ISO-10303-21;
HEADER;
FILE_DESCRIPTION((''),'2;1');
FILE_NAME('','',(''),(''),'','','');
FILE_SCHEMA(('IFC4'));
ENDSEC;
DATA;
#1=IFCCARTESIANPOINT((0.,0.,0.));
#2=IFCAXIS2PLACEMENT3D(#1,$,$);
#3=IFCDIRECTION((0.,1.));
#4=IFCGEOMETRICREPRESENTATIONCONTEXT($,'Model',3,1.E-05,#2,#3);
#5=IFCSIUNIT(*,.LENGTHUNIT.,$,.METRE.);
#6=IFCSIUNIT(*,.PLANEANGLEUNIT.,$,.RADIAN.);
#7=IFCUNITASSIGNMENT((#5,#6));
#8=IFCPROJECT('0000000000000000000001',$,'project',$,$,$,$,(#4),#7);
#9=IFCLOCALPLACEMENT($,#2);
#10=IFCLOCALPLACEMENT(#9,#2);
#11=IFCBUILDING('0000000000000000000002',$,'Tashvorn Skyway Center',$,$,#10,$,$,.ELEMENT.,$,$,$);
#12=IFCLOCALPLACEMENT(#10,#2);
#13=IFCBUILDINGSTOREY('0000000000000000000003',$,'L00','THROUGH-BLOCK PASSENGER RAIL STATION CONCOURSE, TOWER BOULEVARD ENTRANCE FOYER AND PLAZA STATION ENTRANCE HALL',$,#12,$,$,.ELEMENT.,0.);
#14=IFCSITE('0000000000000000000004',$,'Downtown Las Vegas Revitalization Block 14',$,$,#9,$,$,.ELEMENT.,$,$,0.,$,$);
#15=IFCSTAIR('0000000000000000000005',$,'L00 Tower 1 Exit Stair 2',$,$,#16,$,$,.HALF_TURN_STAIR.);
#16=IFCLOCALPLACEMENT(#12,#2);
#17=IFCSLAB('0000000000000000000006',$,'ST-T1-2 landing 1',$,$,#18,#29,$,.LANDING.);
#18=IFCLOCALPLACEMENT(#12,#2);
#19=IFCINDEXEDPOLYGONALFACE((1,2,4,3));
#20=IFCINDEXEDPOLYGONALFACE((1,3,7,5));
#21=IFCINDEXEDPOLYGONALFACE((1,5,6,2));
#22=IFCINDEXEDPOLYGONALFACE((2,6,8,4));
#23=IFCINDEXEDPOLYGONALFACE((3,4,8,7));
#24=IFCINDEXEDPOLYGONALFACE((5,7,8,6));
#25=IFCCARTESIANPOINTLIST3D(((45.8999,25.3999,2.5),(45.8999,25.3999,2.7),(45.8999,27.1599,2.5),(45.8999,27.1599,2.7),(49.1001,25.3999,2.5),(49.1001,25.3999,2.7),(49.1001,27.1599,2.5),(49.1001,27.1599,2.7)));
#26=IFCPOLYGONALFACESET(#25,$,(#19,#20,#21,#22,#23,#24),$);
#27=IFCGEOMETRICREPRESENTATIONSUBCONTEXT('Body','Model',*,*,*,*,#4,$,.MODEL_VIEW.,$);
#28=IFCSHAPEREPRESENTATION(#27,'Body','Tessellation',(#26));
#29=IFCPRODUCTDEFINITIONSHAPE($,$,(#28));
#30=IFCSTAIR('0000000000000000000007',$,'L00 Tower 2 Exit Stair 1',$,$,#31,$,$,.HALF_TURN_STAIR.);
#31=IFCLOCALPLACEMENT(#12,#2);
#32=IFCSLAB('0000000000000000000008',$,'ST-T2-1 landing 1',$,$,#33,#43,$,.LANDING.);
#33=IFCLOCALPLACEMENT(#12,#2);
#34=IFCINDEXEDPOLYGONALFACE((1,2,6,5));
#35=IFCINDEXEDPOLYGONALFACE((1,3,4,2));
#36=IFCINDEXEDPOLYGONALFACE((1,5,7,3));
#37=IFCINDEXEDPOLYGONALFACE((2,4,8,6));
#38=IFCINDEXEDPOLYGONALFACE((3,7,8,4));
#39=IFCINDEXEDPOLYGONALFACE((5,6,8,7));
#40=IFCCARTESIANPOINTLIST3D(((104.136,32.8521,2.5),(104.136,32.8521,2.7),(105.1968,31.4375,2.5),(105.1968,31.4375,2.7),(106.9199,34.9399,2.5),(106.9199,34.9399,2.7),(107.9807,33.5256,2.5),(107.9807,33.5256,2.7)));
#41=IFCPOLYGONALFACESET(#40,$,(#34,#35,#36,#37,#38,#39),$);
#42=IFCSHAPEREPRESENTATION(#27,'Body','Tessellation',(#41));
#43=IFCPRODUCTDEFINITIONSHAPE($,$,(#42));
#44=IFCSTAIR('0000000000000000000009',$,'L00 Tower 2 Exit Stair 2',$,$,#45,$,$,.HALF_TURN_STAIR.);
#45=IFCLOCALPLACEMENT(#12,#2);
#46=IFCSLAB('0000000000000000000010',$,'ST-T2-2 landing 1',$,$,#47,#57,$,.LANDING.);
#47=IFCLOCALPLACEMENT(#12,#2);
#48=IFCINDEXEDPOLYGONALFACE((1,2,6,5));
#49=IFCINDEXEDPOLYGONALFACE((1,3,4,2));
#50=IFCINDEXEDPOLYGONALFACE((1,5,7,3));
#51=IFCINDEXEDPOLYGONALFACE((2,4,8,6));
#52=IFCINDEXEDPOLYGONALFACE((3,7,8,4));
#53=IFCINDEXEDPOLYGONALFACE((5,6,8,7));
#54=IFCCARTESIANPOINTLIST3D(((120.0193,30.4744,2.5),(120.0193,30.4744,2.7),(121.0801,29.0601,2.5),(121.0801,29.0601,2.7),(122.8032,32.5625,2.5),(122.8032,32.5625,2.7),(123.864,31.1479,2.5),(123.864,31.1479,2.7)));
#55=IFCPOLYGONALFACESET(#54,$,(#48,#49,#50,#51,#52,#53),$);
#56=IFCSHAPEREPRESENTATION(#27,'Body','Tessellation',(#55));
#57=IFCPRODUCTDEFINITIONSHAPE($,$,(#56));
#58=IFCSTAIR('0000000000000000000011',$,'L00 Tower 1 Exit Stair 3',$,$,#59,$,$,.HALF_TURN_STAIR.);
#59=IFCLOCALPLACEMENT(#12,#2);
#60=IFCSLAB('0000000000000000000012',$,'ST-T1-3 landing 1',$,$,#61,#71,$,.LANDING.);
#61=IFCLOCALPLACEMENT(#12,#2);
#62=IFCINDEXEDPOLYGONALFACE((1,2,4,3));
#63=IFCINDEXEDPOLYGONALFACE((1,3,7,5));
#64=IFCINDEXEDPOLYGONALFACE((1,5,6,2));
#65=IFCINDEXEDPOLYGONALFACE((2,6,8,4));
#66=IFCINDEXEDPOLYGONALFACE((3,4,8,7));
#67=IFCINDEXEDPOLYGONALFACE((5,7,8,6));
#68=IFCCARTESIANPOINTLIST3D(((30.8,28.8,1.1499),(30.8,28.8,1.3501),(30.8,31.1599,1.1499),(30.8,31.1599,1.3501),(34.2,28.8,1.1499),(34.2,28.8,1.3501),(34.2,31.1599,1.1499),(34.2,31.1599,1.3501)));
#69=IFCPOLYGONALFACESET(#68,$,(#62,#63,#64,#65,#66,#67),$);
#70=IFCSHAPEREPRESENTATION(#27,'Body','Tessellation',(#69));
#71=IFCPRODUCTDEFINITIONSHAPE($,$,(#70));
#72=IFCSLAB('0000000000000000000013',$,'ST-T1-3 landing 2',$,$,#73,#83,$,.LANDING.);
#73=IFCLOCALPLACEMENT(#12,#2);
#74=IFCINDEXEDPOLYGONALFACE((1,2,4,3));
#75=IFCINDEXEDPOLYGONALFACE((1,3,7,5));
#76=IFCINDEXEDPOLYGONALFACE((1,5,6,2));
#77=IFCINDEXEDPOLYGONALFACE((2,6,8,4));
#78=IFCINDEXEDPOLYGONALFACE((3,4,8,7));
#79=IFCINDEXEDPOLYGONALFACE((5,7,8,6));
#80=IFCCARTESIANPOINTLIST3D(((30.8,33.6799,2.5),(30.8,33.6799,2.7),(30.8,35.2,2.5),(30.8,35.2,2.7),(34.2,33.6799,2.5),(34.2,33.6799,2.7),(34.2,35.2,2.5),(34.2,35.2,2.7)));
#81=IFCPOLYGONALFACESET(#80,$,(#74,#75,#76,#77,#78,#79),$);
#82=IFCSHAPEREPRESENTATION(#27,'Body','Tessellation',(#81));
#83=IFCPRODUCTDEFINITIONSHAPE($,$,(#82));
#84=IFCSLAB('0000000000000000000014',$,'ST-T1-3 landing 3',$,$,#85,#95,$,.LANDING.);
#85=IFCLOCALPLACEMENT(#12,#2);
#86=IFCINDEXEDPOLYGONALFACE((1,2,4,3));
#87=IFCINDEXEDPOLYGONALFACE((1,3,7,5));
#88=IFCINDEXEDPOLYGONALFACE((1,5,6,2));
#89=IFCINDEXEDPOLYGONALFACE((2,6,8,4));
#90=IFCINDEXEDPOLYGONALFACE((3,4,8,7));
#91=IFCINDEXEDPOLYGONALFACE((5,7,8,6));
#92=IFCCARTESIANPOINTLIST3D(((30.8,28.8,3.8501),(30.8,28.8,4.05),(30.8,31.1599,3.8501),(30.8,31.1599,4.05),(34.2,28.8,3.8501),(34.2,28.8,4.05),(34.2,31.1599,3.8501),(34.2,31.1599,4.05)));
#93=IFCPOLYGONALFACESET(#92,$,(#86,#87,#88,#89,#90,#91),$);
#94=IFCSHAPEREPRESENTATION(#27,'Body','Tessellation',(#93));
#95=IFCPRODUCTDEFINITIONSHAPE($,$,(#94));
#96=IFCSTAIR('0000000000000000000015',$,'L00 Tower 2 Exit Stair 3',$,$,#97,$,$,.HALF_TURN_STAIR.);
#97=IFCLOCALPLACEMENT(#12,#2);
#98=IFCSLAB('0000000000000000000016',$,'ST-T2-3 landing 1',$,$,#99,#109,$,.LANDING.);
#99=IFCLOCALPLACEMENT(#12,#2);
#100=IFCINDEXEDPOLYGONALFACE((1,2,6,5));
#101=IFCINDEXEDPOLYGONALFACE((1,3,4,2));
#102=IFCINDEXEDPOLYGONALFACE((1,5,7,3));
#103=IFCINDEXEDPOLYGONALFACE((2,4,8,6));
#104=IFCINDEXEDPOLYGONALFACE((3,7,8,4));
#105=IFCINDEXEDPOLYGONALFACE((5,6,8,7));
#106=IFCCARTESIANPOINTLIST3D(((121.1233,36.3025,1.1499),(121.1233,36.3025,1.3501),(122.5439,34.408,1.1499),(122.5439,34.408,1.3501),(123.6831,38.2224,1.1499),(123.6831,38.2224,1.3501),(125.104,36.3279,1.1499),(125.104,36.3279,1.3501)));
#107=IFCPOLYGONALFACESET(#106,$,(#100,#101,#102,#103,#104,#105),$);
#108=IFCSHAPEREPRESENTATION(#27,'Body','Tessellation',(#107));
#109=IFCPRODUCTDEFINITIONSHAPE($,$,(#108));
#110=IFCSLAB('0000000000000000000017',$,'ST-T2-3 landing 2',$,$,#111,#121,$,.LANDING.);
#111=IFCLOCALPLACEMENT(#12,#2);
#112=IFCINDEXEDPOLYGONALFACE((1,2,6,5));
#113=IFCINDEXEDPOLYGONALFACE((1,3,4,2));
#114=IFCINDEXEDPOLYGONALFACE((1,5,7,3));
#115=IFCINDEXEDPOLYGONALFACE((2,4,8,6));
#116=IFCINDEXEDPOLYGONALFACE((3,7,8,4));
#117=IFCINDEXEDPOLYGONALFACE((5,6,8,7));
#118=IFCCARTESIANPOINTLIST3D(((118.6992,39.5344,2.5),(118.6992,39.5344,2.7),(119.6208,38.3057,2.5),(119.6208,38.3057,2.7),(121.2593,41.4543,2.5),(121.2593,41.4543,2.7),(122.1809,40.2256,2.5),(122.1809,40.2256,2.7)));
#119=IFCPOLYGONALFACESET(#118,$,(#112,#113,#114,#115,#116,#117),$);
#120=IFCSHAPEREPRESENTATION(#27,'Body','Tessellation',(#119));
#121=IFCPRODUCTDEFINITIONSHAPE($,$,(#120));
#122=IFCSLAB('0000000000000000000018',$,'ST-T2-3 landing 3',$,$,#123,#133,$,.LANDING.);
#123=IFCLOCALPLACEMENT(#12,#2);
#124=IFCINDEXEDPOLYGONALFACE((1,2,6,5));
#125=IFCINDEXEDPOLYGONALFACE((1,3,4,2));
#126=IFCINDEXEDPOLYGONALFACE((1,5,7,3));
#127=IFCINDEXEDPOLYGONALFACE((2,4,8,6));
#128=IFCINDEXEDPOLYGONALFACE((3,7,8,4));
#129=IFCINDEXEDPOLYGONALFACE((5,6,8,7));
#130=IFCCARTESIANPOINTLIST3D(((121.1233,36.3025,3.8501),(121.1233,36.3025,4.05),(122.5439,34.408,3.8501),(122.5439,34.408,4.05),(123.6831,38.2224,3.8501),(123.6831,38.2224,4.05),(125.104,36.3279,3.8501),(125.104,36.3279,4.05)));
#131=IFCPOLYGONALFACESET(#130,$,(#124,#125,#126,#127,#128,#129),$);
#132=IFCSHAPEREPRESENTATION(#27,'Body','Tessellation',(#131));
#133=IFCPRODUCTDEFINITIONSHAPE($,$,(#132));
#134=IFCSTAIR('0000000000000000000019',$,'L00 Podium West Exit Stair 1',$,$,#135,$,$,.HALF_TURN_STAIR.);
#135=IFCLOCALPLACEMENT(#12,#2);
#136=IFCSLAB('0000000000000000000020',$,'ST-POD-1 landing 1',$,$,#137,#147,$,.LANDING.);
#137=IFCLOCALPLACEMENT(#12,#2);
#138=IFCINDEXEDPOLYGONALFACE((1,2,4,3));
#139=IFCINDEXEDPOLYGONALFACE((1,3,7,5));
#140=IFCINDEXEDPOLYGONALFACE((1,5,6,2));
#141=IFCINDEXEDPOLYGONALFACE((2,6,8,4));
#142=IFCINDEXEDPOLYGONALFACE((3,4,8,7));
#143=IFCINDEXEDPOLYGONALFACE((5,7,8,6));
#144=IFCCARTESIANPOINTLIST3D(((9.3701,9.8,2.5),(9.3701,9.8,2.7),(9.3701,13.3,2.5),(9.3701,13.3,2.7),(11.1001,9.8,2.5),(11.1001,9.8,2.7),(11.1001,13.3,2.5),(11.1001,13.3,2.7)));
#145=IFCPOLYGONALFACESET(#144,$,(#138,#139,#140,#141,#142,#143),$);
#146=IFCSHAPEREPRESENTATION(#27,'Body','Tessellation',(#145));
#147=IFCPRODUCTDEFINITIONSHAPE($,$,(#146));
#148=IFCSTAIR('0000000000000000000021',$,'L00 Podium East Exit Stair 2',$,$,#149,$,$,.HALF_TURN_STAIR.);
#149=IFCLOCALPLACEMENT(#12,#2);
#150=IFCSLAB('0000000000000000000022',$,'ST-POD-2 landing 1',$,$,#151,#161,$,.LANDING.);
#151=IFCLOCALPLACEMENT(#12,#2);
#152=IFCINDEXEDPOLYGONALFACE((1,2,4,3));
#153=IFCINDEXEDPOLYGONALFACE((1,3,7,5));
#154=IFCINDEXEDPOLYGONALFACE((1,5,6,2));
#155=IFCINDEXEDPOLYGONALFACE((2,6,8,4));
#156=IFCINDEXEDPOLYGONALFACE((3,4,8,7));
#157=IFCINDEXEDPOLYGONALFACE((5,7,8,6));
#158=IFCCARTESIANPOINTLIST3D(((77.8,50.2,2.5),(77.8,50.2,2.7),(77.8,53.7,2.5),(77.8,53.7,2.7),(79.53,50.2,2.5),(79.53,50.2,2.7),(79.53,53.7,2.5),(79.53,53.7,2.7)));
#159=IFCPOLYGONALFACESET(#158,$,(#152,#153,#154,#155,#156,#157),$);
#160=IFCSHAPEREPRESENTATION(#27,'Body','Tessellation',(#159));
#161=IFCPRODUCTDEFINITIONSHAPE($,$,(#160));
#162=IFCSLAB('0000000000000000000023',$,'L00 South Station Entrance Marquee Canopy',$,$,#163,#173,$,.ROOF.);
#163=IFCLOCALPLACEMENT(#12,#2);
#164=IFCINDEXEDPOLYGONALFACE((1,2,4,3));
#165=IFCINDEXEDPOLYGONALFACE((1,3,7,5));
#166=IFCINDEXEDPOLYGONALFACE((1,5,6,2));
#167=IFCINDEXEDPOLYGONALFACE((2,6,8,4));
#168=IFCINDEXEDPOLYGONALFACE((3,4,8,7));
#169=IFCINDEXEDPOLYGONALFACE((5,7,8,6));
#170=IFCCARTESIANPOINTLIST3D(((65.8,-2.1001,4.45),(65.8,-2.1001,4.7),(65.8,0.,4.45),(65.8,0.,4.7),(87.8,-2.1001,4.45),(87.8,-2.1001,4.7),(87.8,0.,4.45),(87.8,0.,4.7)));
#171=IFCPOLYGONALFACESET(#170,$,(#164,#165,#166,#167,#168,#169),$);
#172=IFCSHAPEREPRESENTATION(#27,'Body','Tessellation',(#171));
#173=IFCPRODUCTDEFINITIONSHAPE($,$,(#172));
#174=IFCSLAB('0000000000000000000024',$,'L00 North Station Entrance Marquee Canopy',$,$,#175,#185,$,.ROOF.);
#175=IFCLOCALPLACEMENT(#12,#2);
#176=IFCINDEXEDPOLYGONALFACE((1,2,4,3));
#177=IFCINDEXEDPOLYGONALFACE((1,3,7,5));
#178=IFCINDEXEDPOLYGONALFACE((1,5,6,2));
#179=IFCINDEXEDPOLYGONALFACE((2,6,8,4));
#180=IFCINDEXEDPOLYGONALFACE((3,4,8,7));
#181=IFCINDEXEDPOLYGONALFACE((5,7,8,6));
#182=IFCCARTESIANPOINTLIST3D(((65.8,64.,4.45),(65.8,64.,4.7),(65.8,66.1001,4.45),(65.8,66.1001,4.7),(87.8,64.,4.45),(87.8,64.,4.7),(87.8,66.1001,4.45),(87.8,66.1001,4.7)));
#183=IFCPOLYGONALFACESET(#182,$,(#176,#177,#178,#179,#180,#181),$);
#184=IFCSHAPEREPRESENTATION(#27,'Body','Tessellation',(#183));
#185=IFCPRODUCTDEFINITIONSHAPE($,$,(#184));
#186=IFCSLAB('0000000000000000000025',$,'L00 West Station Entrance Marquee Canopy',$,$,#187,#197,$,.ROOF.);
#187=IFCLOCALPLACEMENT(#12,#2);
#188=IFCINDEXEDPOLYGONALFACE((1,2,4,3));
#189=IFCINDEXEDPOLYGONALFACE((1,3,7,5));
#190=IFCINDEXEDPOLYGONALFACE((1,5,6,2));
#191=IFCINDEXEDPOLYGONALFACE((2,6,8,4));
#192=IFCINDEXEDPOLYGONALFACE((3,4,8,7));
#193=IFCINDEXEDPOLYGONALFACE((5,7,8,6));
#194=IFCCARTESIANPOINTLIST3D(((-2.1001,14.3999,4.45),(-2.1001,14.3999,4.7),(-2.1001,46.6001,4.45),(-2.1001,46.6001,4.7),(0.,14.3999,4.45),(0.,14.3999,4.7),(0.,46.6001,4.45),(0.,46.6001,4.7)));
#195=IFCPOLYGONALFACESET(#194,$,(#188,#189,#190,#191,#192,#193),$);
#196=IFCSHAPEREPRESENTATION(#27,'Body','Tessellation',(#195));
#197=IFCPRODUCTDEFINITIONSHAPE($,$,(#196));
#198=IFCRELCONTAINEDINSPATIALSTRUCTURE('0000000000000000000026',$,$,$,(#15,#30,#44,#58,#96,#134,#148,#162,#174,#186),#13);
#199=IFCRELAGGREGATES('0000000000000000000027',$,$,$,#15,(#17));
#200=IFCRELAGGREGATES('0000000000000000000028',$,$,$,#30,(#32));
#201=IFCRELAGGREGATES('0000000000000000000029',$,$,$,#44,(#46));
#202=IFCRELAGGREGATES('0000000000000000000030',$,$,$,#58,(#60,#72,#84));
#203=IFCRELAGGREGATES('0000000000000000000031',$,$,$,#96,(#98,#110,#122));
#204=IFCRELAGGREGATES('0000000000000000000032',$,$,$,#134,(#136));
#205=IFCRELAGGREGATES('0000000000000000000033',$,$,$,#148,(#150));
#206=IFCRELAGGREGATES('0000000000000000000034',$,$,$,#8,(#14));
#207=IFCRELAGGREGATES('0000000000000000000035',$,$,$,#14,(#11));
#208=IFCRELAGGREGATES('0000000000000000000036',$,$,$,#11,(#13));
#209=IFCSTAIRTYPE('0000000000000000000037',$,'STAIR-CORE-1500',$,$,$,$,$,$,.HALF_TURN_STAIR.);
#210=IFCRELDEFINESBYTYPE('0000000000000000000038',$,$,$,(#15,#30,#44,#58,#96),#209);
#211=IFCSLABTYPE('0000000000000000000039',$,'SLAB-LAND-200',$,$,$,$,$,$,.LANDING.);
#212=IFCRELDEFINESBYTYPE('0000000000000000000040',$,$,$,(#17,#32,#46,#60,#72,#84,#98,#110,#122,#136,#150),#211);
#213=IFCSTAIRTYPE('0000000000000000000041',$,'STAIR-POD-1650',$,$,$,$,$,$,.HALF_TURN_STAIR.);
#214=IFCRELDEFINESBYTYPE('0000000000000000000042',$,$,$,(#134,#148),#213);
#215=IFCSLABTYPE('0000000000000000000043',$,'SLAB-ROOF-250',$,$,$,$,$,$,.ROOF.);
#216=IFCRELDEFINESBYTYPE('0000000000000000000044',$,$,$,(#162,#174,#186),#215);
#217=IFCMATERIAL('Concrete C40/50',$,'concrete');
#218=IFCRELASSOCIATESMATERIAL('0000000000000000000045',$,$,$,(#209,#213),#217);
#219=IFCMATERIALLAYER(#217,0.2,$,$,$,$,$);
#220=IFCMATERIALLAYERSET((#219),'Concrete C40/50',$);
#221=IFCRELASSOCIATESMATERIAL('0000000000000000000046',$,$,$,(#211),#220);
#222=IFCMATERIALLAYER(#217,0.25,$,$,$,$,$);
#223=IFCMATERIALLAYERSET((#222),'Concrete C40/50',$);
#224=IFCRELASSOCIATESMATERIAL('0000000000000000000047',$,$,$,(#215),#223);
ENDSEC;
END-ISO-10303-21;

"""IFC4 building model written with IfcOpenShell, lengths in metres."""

from ifc_helpers import new_model, si_unit, direction, frame, origin, place, context, subcontext, project, spatial, polyline, outline, extrude, material, layer, layer_set, type_object, element, aggregate, save


model = new_model("IFC4")

# Units and contexts
model_context = context("Model", 3, precision=1e-05, world=origin(), true_north=direction((0.0, 1.0)))
body_context = subcontext(model_context, "Body", "Model", "MODEL_VIEW")
ifc_project = project(units=[si_unit("LENGTHUNIT", "METRE"), si_unit("PLANEANGLEUNIT", "RADIAN")], contexts=[model_context])

# Site, building, storey
site_placement = place(None, origin())
site = spatial("IfcSite", under=ifc_project, at=site_placement, Name="Downtown Las Vegas Revitalization Block 14", CompositionType="ELEMENT", RefElevation=0.0)
building_placement = place(site_placement, origin())
building = spatial("IfcBuilding", under=site, at=building_placement, Name="Tashvorn Skyway Center", CompositionType="ELEMENT")
storey_placement = place(building_placement, origin())
storey = spatial("IfcBuildingStorey", under=building, at=storey_placement, Name="L00", Description="THROUGH-BLOCK PASSENGER RAIL STATION CONCOURSE, TOWER BOULEVARD ENTRANCE FOYER AND PLAZA STATION ENTRANCE HALL", CompositionType="ELEMENT", Elevation=0.0)

# Shared definitions
ifc_material_1 = material(Name="Concrete C40/50", Category="concrete")

# Stairs, slabs
stair_type_1 = type_object("IfcStairType", Name="STAIR-CORE-1500", PredefinedType="HALF_TURN_STAIR", material=ifc_material_1)
ifc_layer_1 = layer(ifc_material_1, 0.2)
ifc_layer_set_1 = layer_set([ifc_layer_1], Name="Concrete C40/50")
slab_type_1 = type_object("IfcSlabType", Name="SLAB-LAND-200", PredefinedType="LANDING", material=ifc_layer_set_1)
stair_1_placement = place(storey_placement, origin())
stair_1 = element("IfcStair", 1, at=stair_1_placement, inside=storey, type_object=stair_type_1, Name="L00 Tower 1 Exit Stair 2", PredefinedType="HALF_TURN_STAIR")
slab_1_placement = place(storey_placement, frame((0.0, 0.0, 2.5)))
slab_1 = element("IfcSlab", 2, at=slab_1_placement, type_object=slab_type_1, Name="ST-T1-2 landing 1", PredefinedType="LANDING", context=body_context, shape_type="SweptSolid", body=[
    extrude(outline(polyline([(45.8999, 27.1599), (45.8999, 25.3999), (49.1001, 25.3999), (49.1001, 27.1599), (45.8999, 27.1599)])), origin(), (0.0, 0.0, 1.0), 0.2),
])
aggregate(stair_1, [slab_1])
stair_2_placement = place(storey_placement, origin())
stair_2 = element("IfcStair", 3, at=stair_2_placement, inside=storey, type_object=stair_type_1, Name="L00 Tower 2 Exit Stair 1", PredefinedType="HALF_TURN_STAIR")
slab_2_placement = place(storey_placement, frame((0.0, 0.0, 2.5)))
slab_2 = element("IfcSlab", 4, at=slab_2_placement, type_object=slab_type_1, Name="ST-T2-1 landing 1", PredefinedType="LANDING", context=body_context, shape_type="SweptSolid", body=[
    extrude(outline(polyline([(107.9807, 33.5256), (106.9199, 34.9399), (104.136, 32.8521), (105.1968, 31.4375), (107.9807, 33.5256)])), origin(), (0.0, 0.0, 1.0), 0.2),
])
aggregate(stair_2, [slab_2])
stair_3_placement = place(storey_placement, origin())
stair_3 = element("IfcStair", 5, at=stair_3_placement, inside=storey, type_object=stair_type_1, Name="L00 Tower 2 Exit Stair 2", PredefinedType="HALF_TURN_STAIR")
slab_3_placement = place(storey_placement, frame((0.0, 0.0, 2.5)))
slab_3 = element("IfcSlab", 6, at=slab_3_placement, type_object=slab_type_1, Name="ST-T2-2 landing 1", PredefinedType="LANDING", context=body_context, shape_type="SweptSolid", body=[
    extrude(outline(polyline([(120.0193, 30.4744), (121.0801, 29.0601), (123.864, 31.1479), (122.8032, 32.5625), (120.0193, 30.4744)])), origin(), (0.0, 0.0, 1.0), 0.2),
])
aggregate(stair_3, [slab_3])

# Stairs, slabs
stair_4_placement = place(storey_placement, origin())
stair_4 = element("IfcStair", 7, at=stair_4_placement, inside=storey, type_object=stair_type_1, Name="L00 Tower 1 Exit Stair 3", PredefinedType="HALF_TURN_STAIR")
slab_4_placement = place(storey_placement, frame((0.0, 0.0, 1.1499)))
slab_4 = element("IfcSlab", 8, at=slab_4_placement, type_object=slab_type_1, Name="ST-T1-3 landing 1", PredefinedType="LANDING", context=body_context, shape_type="SweptSolid", body=[
    extrude(outline(polyline([(30.8, 31.1599), (30.8, 28.8), (34.2, 28.8), (34.2, 31.1599), (30.8, 31.1599)])), origin(), (0.0, 0.0, 1.0), 0.2002),
])
slab_5_placement = place(storey_placement, frame((0.0, 0.0, 2.5)))
slab_5 = element("IfcSlab", 9, at=slab_5_placement, type_object=slab_type_1, Name="ST-T1-3 landing 2", PredefinedType="LANDING", context=body_context, shape_type="SweptSolid", body=[
    extrude(outline(polyline([(30.8, 35.2), (30.8, 33.6799), (34.2, 33.6799), (34.2, 35.2), (30.8, 35.2)])), origin(), (0.0, 0.0, 1.0), 0.2),
])
slab_6_placement = place(storey_placement, frame((0.0, 0.0, 3.8501)))
slab_6 = element("IfcSlab", 10, at=slab_6_placement, type_object=slab_type_1, Name="ST-T1-3 landing 3", PredefinedType="LANDING", context=body_context, shape_type="SweptSolid", body=[
    extrude(outline(polyline([(30.8, 31.1599), (30.8, 28.8), (34.2, 28.8), (34.2, 31.1599), (30.8, 31.1599)])), origin(), (0.0, 0.0, 1.0), 0.2),
])
aggregate(stair_4, [slab_4, slab_5, slab_6])
stair_5_placement = place(storey_placement, origin())
stair_5 = element("IfcStair", 11, at=stair_5_placement, inside=storey, type_object=stair_type_1, Name="L00 Tower 2 Exit Stair 3", PredefinedType="HALF_TURN_STAIR")
slab_7_placement = place(storey_placement, frame((0.0, 0.0, 1.1499)))
slab_7 = element("IfcSlab", 12, at=slab_7_placement, type_object=slab_type_1, Name="ST-T2-3 landing 1", PredefinedType="LANDING", context=body_context, shape_type="SweptSolid", body=[
    extrude(outline(polyline([(121.1233, 36.3025), (122.5439, 34.408), (125.104, 36.3279), (123.6831, 38.2224), (121.1233, 36.3025)])), origin(), (0.0, 0.0, 1.0), 0.2002),
])
slab_8_placement = place(storey_placement, frame((0.0, 0.0, 2.5)))
slab_8 = element("IfcSlab", 13, at=slab_8_placement, type_object=slab_type_1, Name="ST-T2-3 landing 2", PredefinedType="LANDING", context=body_context, shape_type="SweptSolid", body=[
    extrude(outline(polyline([(118.6992, 39.5344), (119.6208, 38.3057), (122.1809, 40.2256), (121.2593, 41.4543), (118.6992, 39.5344)])), origin(), (0.0, 0.0, 1.0), 0.2),
])
slab_9_placement = place(storey_placement, frame((0.0, 0.0, 3.8501)))
slab_9 = element("IfcSlab", 14, at=slab_9_placement, type_object=slab_type_1, Name="ST-T2-3 landing 3", PredefinedType="LANDING", context=body_context, shape_type="SweptSolid", body=[
    extrude(outline(polyline([(121.1233, 36.3025), (122.5439, 34.408), (125.104, 36.3279), (123.6831, 38.2224), (121.1233, 36.3025)])), origin(), (0.0, 0.0, 1.0), 0.2),
])
aggregate(stair_5, [slab_7, slab_8, slab_9])

# Stairs, slabs
stair_type_2 = type_object("IfcStairType", Name="STAIR-POD-1650", PredefinedType="HALF_TURN_STAIR", material=ifc_material_1)
stair_6_placement = place(storey_placement, origin())
stair_6 = element("IfcStair", 15, at=stair_6_placement, inside=storey, type_object=stair_type_2, Name="L00 Podium West Exit Stair 1", PredefinedType="HALF_TURN_STAIR")
slab_10_placement = place(storey_placement, frame((0.0, 0.0, 2.5)))
slab_10 = element("IfcSlab", 16, at=slab_10_placement, type_object=slab_type_1, Name="ST-POD-1 landing 1", PredefinedType="LANDING", context=body_context, shape_type="SweptSolid", body=[
    extrude(outline(polyline([(9.3701, 9.8), (11.1001, 9.8), (11.1001, 13.3), (9.3701, 13.3), (9.3701, 9.8)])), origin(), (0.0, 0.0, 1.0), 0.2),
])
aggregate(stair_6, [slab_10])
stair_7_placement = place(storey_placement, origin())
stair_7 = element("IfcStair", 17, at=stair_7_placement, inside=storey, type_object=stair_type_2, Name="L00 Podium East Exit Stair 2", PredefinedType="HALF_TURN_STAIR")
slab_11_placement = place(storey_placement, frame((0.0, 0.0, 2.5)))
slab_11 = element("IfcSlab", 18, at=slab_11_placement, type_object=slab_type_1, Name="ST-POD-2 landing 1", PredefinedType="LANDING", context=body_context, shape_type="SweptSolid", body=[
    extrude(outline(polyline([(79.53, 53.7), (77.8, 53.7), (77.8, 50.2), (79.53, 50.2), (79.53, 53.7)])), origin(), (0.0, 0.0, 1.0), 0.2),
])
aggregate(stair_7, [slab_11])

# Slabs
ifc_layer_2 = layer(ifc_material_1, 0.25)
ifc_layer_set_2 = layer_set([ifc_layer_2], Name="Concrete C40/50")
slab_type_2 = type_object("IfcSlabType", Name="SLAB-ROOF-250", PredefinedType="ROOF", material=ifc_layer_set_2)
slab_12_placement = place(storey_placement, frame((0.0, 0.0, 4.45)))
element("IfcSlab", 19, at=slab_12_placement, inside=storey, type_object=slab_type_2, Name="L00 South Station Entrance Marquee Canopy", PredefinedType="ROOF", context=body_context, shape_type="SweptSolid", body=[
    extrude(outline(polyline([(65.8, -2.1001), (87.8, -2.1001), (87.8, 0.0), (65.8, 0.0), (65.8, -2.1001)])), origin(), (0.0, 0.0, 1.0), 0.25),
])
slab_13_placement = place(storey_placement, frame((0.0, 0.0, 4.45)))
element("IfcSlab", 20, at=slab_13_placement, inside=storey, type_object=slab_type_2, Name="L00 North Station Entrance Marquee Canopy", PredefinedType="ROOF", context=body_context, shape_type="SweptSolid", body=[
    extrude(outline(polyline([(65.8, 64.0), (87.8, 64.0), (87.8, 66.1001), (65.8, 66.1001), (65.8, 64.0)])), origin(), (0.0, 0.0, 1.0), 0.25),
])
slab_14_placement = place(storey_placement, frame((0.0, 0.0, 4.45)))
element("IfcSlab", 21, at=slab_14_placement, inside=storey, type_object=slab_type_2, Name="L00 West Station Entrance Marquee Canopy", PredefinedType="ROOF", context=body_context, shape_type="SweptSolid", body=[
    extrude(outline(polyline([(-2.1001, 14.3999), (0.0, 14.3999), (0.0, 46.6001), (-2.1001, 46.6001), (-2.1001, 14.3999)])), origin(), (0.0, 0.0, 1.0), 0.25),
])

save(model, "model.ifc")
